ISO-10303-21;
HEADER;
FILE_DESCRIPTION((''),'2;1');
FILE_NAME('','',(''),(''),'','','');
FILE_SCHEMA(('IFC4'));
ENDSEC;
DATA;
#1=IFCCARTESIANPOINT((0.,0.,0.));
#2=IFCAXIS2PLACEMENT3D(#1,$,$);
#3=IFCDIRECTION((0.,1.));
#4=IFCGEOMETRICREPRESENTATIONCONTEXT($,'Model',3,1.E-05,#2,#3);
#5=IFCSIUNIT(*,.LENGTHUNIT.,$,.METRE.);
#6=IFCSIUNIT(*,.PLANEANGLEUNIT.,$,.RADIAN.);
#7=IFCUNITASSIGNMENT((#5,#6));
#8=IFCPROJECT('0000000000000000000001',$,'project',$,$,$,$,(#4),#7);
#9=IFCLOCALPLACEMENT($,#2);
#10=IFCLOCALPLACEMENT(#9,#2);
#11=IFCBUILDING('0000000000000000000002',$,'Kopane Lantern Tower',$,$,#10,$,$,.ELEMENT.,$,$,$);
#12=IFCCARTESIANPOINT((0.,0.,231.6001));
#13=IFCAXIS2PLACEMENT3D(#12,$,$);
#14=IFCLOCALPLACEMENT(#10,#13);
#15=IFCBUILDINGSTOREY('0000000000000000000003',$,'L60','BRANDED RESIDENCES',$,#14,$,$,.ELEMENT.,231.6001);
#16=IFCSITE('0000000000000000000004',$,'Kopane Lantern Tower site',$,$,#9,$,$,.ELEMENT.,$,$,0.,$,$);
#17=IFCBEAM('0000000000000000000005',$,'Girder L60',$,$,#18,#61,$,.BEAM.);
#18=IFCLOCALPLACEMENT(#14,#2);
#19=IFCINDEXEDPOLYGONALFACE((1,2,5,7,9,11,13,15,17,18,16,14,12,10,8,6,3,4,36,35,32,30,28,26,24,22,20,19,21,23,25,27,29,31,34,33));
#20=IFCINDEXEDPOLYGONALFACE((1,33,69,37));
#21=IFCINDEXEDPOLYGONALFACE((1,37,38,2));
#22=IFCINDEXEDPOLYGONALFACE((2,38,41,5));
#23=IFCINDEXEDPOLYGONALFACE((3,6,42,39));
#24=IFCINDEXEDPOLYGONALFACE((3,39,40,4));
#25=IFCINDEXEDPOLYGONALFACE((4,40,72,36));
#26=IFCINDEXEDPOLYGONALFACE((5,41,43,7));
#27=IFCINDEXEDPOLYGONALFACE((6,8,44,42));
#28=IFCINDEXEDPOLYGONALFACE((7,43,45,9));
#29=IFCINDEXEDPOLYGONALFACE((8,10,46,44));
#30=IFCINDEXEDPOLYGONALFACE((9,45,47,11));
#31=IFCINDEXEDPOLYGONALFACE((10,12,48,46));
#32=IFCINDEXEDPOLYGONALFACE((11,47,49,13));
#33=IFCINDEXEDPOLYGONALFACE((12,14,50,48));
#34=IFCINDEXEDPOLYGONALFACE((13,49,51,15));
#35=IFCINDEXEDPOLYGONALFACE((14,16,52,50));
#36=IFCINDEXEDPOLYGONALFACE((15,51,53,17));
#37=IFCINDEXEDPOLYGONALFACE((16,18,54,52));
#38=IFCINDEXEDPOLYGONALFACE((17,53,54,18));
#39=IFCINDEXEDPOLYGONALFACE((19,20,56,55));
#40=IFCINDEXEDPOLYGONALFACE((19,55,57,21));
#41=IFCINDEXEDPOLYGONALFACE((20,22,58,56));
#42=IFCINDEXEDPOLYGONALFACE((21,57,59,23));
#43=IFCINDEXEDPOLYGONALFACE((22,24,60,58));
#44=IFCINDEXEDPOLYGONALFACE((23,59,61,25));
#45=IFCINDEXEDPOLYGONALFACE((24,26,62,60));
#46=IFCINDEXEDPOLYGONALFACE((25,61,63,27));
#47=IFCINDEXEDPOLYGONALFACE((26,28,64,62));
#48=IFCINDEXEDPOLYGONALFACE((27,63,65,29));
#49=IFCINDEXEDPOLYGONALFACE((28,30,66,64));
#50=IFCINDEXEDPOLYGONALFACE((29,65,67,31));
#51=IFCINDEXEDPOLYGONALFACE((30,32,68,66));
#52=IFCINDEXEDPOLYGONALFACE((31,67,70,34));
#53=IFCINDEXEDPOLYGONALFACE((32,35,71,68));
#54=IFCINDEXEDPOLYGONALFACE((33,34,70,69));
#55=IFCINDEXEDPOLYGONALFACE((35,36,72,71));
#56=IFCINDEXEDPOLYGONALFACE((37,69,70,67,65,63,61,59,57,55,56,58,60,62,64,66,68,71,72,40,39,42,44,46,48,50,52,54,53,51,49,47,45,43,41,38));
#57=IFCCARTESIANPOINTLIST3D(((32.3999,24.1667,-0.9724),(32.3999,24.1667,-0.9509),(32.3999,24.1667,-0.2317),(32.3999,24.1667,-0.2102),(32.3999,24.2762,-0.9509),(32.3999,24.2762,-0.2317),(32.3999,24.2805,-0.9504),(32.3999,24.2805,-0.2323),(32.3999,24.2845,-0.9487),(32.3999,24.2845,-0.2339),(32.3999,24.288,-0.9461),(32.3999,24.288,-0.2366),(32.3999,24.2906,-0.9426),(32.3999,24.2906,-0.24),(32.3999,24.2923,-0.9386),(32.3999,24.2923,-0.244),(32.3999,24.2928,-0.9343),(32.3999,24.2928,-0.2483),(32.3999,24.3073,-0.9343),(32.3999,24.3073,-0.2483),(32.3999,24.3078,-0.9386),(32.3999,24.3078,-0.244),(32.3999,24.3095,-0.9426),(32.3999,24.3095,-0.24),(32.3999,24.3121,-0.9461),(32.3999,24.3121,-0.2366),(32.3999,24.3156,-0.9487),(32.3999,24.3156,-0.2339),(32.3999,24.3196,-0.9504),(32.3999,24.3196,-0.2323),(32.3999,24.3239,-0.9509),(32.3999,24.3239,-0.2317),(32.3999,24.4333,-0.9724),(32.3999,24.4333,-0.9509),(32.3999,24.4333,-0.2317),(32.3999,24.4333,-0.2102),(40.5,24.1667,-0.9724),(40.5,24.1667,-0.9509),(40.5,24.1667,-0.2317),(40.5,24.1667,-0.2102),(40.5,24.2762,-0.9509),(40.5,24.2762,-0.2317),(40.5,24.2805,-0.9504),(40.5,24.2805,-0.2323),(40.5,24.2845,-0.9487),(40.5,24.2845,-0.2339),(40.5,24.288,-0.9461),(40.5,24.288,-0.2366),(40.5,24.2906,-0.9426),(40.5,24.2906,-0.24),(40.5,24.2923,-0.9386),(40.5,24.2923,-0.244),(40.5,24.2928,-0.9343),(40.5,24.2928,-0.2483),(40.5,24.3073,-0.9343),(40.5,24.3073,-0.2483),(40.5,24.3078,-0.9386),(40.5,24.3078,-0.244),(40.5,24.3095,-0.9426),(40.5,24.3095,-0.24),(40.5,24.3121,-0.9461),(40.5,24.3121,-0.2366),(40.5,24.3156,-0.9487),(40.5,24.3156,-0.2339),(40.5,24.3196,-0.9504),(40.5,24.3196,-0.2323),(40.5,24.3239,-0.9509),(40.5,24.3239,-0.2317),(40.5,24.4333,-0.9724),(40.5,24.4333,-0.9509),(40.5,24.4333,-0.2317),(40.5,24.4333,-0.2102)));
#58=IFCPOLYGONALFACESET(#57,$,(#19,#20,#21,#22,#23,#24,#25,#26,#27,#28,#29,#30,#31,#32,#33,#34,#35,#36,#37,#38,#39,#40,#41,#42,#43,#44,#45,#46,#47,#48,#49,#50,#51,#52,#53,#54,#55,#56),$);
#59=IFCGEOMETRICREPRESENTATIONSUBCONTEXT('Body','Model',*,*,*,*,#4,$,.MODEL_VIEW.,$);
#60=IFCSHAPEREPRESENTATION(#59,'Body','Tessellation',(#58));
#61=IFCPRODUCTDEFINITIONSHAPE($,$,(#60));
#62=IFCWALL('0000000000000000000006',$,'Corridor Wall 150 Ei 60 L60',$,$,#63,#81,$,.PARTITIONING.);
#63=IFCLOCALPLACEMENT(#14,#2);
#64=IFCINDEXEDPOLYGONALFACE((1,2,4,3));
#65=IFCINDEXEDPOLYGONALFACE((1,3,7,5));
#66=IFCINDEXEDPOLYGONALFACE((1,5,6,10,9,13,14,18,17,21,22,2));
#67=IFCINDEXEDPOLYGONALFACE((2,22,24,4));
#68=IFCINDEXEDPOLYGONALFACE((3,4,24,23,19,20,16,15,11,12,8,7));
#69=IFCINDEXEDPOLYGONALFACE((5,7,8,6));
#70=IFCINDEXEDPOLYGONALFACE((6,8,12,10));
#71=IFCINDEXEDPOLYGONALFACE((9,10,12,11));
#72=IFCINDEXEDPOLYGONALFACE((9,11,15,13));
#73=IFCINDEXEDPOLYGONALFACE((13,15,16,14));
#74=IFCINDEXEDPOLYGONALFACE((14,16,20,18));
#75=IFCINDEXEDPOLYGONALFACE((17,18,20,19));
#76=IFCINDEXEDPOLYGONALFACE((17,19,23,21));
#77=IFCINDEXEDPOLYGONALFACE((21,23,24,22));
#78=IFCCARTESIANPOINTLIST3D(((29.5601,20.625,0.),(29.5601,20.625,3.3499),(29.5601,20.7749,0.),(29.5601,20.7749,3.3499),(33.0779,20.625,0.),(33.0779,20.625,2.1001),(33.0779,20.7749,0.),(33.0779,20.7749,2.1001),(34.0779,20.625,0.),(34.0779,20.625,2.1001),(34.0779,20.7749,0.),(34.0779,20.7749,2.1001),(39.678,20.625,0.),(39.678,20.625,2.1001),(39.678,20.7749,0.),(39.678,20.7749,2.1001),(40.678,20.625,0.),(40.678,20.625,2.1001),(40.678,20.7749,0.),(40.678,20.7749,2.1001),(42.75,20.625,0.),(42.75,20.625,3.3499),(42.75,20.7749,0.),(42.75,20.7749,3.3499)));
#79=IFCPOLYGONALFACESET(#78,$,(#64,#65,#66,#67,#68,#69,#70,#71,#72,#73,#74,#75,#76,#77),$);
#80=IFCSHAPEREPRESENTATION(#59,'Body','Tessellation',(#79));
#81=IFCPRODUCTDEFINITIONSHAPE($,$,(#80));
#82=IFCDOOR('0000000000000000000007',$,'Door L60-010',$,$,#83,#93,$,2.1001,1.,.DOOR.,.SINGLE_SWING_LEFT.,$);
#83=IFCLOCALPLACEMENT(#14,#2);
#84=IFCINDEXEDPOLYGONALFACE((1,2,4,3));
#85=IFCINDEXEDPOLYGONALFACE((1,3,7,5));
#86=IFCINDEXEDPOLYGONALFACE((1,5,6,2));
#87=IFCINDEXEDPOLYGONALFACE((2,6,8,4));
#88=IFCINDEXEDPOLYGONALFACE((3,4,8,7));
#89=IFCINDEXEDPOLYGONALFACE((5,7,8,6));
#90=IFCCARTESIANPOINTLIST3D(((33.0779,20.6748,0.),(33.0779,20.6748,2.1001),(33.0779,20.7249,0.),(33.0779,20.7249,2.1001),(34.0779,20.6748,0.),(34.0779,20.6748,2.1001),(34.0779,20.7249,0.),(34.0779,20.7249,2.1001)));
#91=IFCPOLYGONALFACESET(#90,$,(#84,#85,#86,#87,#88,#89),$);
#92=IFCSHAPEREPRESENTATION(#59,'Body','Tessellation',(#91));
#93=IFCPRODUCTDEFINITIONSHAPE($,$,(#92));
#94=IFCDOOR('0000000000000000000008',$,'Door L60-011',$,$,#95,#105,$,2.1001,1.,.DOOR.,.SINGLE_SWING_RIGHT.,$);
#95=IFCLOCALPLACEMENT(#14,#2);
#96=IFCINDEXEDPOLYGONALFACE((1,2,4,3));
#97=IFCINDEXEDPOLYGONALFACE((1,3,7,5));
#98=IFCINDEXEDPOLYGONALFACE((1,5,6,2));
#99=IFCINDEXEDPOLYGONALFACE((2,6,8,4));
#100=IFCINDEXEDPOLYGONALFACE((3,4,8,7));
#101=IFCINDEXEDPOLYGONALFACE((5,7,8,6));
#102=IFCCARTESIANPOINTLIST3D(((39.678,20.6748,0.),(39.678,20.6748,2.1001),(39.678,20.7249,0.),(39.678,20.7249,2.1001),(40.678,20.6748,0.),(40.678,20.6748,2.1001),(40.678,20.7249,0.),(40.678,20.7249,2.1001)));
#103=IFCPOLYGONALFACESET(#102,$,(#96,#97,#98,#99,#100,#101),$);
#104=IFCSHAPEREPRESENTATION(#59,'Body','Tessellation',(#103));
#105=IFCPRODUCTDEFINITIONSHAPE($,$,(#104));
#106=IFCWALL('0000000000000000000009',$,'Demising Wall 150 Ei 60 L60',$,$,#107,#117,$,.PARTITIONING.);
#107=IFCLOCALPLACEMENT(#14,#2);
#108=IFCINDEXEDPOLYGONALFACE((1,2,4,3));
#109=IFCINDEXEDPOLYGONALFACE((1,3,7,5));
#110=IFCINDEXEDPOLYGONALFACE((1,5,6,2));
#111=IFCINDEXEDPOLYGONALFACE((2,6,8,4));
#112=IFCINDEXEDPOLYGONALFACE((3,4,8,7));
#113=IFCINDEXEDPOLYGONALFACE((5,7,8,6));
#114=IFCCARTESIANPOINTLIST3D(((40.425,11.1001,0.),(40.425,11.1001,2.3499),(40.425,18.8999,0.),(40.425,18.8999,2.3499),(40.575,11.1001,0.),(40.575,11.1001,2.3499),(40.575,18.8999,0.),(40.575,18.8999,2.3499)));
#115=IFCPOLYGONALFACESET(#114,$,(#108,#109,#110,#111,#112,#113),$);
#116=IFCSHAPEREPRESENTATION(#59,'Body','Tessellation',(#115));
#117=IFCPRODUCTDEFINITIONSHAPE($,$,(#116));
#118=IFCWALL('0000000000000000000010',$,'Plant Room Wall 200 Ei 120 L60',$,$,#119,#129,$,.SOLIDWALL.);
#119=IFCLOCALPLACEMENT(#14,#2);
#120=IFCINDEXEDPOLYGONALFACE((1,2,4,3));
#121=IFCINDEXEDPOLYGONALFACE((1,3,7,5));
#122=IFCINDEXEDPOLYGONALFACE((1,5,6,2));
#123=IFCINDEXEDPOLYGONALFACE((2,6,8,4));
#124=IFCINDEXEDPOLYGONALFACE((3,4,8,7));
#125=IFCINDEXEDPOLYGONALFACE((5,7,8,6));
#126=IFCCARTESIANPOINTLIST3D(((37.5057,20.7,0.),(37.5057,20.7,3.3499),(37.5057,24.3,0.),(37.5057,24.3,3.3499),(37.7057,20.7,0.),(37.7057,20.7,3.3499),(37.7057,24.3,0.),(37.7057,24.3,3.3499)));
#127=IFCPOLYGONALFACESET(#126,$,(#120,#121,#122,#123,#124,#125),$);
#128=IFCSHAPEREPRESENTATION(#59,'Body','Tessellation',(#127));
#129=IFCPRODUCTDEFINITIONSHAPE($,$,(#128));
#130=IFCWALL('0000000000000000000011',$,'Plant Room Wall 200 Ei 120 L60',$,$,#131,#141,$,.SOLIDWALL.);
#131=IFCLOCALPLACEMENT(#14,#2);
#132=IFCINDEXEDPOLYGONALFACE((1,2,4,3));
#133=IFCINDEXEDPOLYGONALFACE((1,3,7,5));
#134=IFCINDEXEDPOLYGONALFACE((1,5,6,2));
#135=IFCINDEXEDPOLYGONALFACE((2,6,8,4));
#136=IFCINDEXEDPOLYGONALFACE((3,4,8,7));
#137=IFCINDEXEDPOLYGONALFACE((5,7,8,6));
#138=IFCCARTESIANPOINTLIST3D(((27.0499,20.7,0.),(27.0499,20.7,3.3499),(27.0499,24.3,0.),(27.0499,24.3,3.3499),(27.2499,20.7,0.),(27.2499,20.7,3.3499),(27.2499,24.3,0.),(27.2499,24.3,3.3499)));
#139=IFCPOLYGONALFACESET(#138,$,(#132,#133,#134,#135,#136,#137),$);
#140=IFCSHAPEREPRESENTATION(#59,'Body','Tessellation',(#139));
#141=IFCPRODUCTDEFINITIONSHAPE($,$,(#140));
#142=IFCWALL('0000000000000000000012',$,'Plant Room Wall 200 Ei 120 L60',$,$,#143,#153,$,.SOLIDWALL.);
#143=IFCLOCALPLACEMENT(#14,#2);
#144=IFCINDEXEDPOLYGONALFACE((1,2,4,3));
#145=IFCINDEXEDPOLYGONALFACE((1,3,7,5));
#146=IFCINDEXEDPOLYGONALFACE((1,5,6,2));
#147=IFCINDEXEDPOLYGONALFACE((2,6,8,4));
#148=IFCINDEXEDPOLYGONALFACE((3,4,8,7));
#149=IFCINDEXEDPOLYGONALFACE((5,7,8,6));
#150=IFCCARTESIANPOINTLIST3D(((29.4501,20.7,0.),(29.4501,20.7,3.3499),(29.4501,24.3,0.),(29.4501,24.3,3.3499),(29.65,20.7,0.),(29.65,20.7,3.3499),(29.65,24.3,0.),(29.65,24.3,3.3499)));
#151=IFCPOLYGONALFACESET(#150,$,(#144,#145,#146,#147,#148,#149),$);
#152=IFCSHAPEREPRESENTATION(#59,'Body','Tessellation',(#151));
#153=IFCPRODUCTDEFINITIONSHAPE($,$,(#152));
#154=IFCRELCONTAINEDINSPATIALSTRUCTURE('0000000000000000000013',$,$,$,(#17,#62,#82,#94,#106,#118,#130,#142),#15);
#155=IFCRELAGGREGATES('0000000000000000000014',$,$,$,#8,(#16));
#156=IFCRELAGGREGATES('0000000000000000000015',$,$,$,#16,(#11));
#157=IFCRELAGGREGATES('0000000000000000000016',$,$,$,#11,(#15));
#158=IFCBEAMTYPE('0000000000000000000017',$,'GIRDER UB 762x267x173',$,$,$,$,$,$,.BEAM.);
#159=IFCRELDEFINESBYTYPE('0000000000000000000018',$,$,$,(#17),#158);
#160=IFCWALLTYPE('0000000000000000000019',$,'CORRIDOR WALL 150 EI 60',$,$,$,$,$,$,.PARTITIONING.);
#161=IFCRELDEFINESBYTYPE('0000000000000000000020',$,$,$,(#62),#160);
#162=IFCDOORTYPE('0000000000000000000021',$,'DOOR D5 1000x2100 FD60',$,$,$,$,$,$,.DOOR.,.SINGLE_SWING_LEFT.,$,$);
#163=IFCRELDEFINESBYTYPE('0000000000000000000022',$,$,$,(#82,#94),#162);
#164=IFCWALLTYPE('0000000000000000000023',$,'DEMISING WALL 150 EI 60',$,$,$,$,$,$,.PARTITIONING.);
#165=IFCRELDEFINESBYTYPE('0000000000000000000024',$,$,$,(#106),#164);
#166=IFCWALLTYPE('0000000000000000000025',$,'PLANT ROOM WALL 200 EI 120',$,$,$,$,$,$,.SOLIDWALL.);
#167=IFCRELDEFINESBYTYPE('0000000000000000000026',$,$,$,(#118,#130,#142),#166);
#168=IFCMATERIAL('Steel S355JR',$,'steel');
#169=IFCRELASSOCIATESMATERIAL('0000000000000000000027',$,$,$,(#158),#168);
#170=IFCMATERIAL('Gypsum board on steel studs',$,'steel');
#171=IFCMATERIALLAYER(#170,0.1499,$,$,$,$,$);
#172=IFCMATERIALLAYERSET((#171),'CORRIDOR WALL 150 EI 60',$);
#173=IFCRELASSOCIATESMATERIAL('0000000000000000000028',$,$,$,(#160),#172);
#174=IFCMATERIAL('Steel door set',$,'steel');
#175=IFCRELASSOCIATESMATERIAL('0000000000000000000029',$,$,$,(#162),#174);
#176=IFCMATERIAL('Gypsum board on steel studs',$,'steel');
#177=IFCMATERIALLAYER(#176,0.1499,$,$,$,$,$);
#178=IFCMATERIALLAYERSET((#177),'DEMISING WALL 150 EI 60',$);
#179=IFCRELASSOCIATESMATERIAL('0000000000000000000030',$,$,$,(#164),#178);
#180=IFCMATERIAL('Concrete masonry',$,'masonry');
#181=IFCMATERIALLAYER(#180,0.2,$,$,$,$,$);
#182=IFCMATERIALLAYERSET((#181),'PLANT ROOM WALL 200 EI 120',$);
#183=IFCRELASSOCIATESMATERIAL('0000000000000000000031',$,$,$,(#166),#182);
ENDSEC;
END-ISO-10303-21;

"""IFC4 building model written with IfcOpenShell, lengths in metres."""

from ifc_helpers import new_model, si_unit, direction, frame, frame_2d, origin, origin_2d, place, context, subcontext, project, spatial, rectangle, i_section, extrude, material, layer, layer_set, material_profile, profile_set, type_object, element, fill, save


model = new_model("IFC4")

# Units and contexts
model_context = context("Model", 3, precision=1e-05, world=origin(), true_north=direction((0.0, 1.0)))
body_context = subcontext(model_context, "Body", "Model", "MODEL_VIEW")
ifc_project = project(units=[si_unit("LENGTHUNIT", "METRE"), si_unit("PLANEANGLEUNIT", "RADIAN")], contexts=[model_context])

# Site, building, storey
site_placement = place(None, origin())
site = spatial("IfcSite", under=ifc_project, at=site_placement, Name="Kopane Lantern Tower site", CompositionType="ELEMENT", RefElevation=0.0)
building_placement = place(site_placement, origin())
building = spatial("IfcBuilding", under=site, at=building_placement, Name="Kopane Lantern Tower", CompositionType="ELEMENT")
storey_placement = place(building_placement, frame((0.0, 0.0, 231.6001)))
storey = spatial("IfcBuildingStorey", under=building, at=storey_placement, Name="L60", Description="BRANDED RESIDENCES", CompositionType="ELEMENT", Elevation=231.6001)

# Beam
ifc_material_1 = material(Name="Steel S355JR", Category="steel")
ifc_material_profile_1 = material_profile(ifc_material_1, i_section(OverallWidth=0.2666, OverallDepth=0.7622, WebThickness=0.0144, FlangeThickness=0.0215, FilletRadius=0.0166, at=origin_2d()), Name="UB 762x267x173")
ifc_profile_set_1 = profile_set([ifc_material_profile_1], Name="Steel S355JR")
beam_type_1 = type_object("IfcBeamType", Name="GIRDER UB 762x267x173", PredefinedType="BEAM", material=ifc_profile_set_1)
beam_1_placement = place(storey_placement, frame((32.3999, 24.3, -0.5913), z_axis=(1.0, 0.0, 0.0), x_axis=(0.0, 1.0, 0.0)))
element("IfcBeam", 1, at=beam_1_placement, inside=storey, type_object=beam_type_1, Name="Girder L60", PredefinedType="BEAM", context=body_context, shape_type="SweptSolid", body=[
    extrude(i_section(OverallWidth=0.2666, OverallDepth=0.7622, WebThickness=0.0144, FlangeThickness=0.0215, FilletRadius=0.0166, at=origin_2d()), origin(), (0.0, 0.0, 1.0), 8.1001),
])

# Wall, openings, doors
ifc_material_2 = material(Name="Gypsum board on steel studs", Category="steel")
ifc_layer_1 = layer(ifc_material_2, 0.1499)
ifc_layer_set_1 = layer_set([ifc_layer_1], Name="CORRIDOR WALL 150 EI 60")
wall_type_1 = type_object("IfcWallType", Name="CORRIDOR WALL 150 EI 60", PredefinedType="PARTITIONING", material=ifc_layer_set_1)
wall_1_placement = place(storey_placement, frame((29.5601, 20.7, 0.0), z_axis=(0.0, 0.0, 1.0), x_axis=(1.0, 0.0, 0.0)))
wall_1 = element("IfcWall", 2, at=wall_1_placement, inside=storey, type_object=wall_type_1, Name="Corridor Wall 150 Ei 60 L60", PredefinedType="PARTITIONING", context=body_context, shape_type="SweptSolid", body=[
    extrude(rectangle(XDim=13.1899, YDim=0.1499, at=frame_2d((6.595, 0.0))), origin(), (0.0, 0.0, 1.0), 3.3499),
])
opening_1_placement = place(wall_1_placement, frame((3.5178, 0.0, 0.0)))
opening_1 = element("IfcOpeningElement", 3, at=opening_1_placement, cuts=wall_1, PredefinedType="OPENING", context=body_context, shape_type="SweptSolid", body=[
    extrude(rectangle(XDim=1.0, YDim=2.1001, at=frame_2d((0.5, 1.05))), frame((0.0, 0.085, 0.0), z_axis=(0.0, -1.0, 0.0), x_axis=(1.0, 0.0, 0.0)), (0.0, 0.0, 1.0), 0.1699),
])
opening_2_placement = place(wall_1_placement, frame((10.1179, 0.0, 0.0)))
opening_2 = element("IfcOpeningElement", 4, at=opening_2_placement, cuts=wall_1, PredefinedType="OPENING", context=body_context, shape_type="SweptSolid", body=[
    extrude(rectangle(XDim=1.0, YDim=2.1001, at=frame_2d((0.5, 1.05))), frame((0.0, 0.085, 0.0), z_axis=(0.0, -1.0, 0.0), x_axis=(1.0, 0.0, 0.0)), (0.0, 0.0, 1.0), 0.1699),
])
ifc_material_3 = material(Name="Steel door set", Category="steel")
door_type_1 = type_object("IfcDoorType", Name="DOOR D5 1000x2100 FD60", OperationType="SINGLE_SWING_LEFT", PredefinedType="DOOR", material=ifc_material_3)
door_1_placement = place(opening_1_placement, origin())
door_1 = element("IfcDoor", 5, at=door_1_placement, inside=storey, type_object=door_type_1, Name="Door L60-010", OperationType="SINGLE_SWING_LEFT", OverallHeight=2.1001, OverallWidth=1.0, PredefinedType="DOOR", context=body_context, shape_type="SweptSolid", body=[
    extrude(rectangle(XDim=1.0, YDim=2.1001, at=frame_2d((0.5, 1.05))), frame((0.0, 0.0249, 0.0), z_axis=(0.0, -1.0, 0.0), x_axis=(1.0, 0.0, 0.0)), (0.0, 0.0, 1.0), 0.05),
])
fill(opening_1, door_1)
door_2_placement = place(opening_2_placement, origin())
door_2 = element("IfcDoor", 6, at=door_2_placement, inside=storey, type_object=door_type_1, Name="Door L60-011", OperationType="SINGLE_SWING_RIGHT", OverallHeight=2.1001, OverallWidth=1.0, PredefinedType="DOOR", context=body_context, shape_type="SweptSolid", body=[
    extrude(rectangle(XDim=1.0, YDim=2.1001, at=frame_2d((0.5, 1.05))), frame((0.0, 0.0249, 0.0), z_axis=(0.0, -1.0, 0.0), x_axis=(1.0, 0.0, 0.0)), (0.0, 0.0, 1.0), 0.05),
])
fill(opening_2, door_2)

# Walls
ifc_material_4 = material(Name="Gypsum board on steel studs", Category="steel")
ifc_layer_2 = layer(ifc_material_4, 0.1499)
ifc_layer_set_2 = layer_set([ifc_layer_2], Name="DEMISING WALL 150 EI 60")
wall_type_2 = type_object("IfcWallType", Name="DEMISING WALL 150 EI 60", PredefinedType="PARTITIONING", material=ifc_layer_set_2)
wall_2_placement = place(storey_placement, frame((40.5, 18.8999, 0.0), z_axis=(0.0, 0.0, 1.0), x_axis=(0.0, -1.0, 0.0)))
element("IfcWall", 7, at=wall_2_placement, inside=storey, type_object=wall_type_2, Name="Demising Wall 150 Ei 60 L60", PredefinedType="PARTITIONING", context=body_context, shape_type="SweptSolid", body=[
    extrude(rectangle(XDim=7.7998, YDim=0.1499, at=frame_2d((3.8999, 0.0))), origin(), (0.0, 0.0, 1.0), 2.3499),
])
ifc_material_5 = material(Name="Concrete masonry", Category="masonry")
ifc_layer_3 = layer(ifc_material_5, 0.2)
ifc_layer_set_3 = layer_set([ifc_layer_3], Name="PLANT ROOM WALL 200 EI 120")
wall_type_3 = type_object("IfcWallType", Name="PLANT ROOM WALL 200 EI 120", PredefinedType="SOLIDWALL", material=ifc_layer_set_3)
for number, where, z_axis, x_axis, name in (
    (8, (37.6057, 20.7, 0.0), (0.0, 0.0, 1.0), (0.0, 1.0, 0.0), "Plant Room Wall 200 Ei 120 L60"),
    (9, (27.1499, 20.7, 0.0), (0.0, 0.0, 1.0), (0.0, 1.0, 0.0), "Plant Room Wall 200 Ei 120 L60"),
    (10, (29.55, 20.7, 0.0), (0.0, 0.0, 1.0), (0.0, 1.0, 0.0), "Plant Room Wall 200 Ei 120 L60"),
):
    element("IfcWall", number, at=place(storey_placement, frame(where, z_axis=z_axis, x_axis=x_axis)), inside=storey, type_object=wall_type_3, Name=name, PredefinedType="SOLIDWALL", context=body_context, shape_type="SweptSolid", body=[
        extrude(rectangle(XDim=3.6001, YDim=0.2, at=frame_2d((1.8, 0.0))), origin(), (0.0, 0.0, 1.0), 3.3499),
    ])

save(model, "model.ifc")
